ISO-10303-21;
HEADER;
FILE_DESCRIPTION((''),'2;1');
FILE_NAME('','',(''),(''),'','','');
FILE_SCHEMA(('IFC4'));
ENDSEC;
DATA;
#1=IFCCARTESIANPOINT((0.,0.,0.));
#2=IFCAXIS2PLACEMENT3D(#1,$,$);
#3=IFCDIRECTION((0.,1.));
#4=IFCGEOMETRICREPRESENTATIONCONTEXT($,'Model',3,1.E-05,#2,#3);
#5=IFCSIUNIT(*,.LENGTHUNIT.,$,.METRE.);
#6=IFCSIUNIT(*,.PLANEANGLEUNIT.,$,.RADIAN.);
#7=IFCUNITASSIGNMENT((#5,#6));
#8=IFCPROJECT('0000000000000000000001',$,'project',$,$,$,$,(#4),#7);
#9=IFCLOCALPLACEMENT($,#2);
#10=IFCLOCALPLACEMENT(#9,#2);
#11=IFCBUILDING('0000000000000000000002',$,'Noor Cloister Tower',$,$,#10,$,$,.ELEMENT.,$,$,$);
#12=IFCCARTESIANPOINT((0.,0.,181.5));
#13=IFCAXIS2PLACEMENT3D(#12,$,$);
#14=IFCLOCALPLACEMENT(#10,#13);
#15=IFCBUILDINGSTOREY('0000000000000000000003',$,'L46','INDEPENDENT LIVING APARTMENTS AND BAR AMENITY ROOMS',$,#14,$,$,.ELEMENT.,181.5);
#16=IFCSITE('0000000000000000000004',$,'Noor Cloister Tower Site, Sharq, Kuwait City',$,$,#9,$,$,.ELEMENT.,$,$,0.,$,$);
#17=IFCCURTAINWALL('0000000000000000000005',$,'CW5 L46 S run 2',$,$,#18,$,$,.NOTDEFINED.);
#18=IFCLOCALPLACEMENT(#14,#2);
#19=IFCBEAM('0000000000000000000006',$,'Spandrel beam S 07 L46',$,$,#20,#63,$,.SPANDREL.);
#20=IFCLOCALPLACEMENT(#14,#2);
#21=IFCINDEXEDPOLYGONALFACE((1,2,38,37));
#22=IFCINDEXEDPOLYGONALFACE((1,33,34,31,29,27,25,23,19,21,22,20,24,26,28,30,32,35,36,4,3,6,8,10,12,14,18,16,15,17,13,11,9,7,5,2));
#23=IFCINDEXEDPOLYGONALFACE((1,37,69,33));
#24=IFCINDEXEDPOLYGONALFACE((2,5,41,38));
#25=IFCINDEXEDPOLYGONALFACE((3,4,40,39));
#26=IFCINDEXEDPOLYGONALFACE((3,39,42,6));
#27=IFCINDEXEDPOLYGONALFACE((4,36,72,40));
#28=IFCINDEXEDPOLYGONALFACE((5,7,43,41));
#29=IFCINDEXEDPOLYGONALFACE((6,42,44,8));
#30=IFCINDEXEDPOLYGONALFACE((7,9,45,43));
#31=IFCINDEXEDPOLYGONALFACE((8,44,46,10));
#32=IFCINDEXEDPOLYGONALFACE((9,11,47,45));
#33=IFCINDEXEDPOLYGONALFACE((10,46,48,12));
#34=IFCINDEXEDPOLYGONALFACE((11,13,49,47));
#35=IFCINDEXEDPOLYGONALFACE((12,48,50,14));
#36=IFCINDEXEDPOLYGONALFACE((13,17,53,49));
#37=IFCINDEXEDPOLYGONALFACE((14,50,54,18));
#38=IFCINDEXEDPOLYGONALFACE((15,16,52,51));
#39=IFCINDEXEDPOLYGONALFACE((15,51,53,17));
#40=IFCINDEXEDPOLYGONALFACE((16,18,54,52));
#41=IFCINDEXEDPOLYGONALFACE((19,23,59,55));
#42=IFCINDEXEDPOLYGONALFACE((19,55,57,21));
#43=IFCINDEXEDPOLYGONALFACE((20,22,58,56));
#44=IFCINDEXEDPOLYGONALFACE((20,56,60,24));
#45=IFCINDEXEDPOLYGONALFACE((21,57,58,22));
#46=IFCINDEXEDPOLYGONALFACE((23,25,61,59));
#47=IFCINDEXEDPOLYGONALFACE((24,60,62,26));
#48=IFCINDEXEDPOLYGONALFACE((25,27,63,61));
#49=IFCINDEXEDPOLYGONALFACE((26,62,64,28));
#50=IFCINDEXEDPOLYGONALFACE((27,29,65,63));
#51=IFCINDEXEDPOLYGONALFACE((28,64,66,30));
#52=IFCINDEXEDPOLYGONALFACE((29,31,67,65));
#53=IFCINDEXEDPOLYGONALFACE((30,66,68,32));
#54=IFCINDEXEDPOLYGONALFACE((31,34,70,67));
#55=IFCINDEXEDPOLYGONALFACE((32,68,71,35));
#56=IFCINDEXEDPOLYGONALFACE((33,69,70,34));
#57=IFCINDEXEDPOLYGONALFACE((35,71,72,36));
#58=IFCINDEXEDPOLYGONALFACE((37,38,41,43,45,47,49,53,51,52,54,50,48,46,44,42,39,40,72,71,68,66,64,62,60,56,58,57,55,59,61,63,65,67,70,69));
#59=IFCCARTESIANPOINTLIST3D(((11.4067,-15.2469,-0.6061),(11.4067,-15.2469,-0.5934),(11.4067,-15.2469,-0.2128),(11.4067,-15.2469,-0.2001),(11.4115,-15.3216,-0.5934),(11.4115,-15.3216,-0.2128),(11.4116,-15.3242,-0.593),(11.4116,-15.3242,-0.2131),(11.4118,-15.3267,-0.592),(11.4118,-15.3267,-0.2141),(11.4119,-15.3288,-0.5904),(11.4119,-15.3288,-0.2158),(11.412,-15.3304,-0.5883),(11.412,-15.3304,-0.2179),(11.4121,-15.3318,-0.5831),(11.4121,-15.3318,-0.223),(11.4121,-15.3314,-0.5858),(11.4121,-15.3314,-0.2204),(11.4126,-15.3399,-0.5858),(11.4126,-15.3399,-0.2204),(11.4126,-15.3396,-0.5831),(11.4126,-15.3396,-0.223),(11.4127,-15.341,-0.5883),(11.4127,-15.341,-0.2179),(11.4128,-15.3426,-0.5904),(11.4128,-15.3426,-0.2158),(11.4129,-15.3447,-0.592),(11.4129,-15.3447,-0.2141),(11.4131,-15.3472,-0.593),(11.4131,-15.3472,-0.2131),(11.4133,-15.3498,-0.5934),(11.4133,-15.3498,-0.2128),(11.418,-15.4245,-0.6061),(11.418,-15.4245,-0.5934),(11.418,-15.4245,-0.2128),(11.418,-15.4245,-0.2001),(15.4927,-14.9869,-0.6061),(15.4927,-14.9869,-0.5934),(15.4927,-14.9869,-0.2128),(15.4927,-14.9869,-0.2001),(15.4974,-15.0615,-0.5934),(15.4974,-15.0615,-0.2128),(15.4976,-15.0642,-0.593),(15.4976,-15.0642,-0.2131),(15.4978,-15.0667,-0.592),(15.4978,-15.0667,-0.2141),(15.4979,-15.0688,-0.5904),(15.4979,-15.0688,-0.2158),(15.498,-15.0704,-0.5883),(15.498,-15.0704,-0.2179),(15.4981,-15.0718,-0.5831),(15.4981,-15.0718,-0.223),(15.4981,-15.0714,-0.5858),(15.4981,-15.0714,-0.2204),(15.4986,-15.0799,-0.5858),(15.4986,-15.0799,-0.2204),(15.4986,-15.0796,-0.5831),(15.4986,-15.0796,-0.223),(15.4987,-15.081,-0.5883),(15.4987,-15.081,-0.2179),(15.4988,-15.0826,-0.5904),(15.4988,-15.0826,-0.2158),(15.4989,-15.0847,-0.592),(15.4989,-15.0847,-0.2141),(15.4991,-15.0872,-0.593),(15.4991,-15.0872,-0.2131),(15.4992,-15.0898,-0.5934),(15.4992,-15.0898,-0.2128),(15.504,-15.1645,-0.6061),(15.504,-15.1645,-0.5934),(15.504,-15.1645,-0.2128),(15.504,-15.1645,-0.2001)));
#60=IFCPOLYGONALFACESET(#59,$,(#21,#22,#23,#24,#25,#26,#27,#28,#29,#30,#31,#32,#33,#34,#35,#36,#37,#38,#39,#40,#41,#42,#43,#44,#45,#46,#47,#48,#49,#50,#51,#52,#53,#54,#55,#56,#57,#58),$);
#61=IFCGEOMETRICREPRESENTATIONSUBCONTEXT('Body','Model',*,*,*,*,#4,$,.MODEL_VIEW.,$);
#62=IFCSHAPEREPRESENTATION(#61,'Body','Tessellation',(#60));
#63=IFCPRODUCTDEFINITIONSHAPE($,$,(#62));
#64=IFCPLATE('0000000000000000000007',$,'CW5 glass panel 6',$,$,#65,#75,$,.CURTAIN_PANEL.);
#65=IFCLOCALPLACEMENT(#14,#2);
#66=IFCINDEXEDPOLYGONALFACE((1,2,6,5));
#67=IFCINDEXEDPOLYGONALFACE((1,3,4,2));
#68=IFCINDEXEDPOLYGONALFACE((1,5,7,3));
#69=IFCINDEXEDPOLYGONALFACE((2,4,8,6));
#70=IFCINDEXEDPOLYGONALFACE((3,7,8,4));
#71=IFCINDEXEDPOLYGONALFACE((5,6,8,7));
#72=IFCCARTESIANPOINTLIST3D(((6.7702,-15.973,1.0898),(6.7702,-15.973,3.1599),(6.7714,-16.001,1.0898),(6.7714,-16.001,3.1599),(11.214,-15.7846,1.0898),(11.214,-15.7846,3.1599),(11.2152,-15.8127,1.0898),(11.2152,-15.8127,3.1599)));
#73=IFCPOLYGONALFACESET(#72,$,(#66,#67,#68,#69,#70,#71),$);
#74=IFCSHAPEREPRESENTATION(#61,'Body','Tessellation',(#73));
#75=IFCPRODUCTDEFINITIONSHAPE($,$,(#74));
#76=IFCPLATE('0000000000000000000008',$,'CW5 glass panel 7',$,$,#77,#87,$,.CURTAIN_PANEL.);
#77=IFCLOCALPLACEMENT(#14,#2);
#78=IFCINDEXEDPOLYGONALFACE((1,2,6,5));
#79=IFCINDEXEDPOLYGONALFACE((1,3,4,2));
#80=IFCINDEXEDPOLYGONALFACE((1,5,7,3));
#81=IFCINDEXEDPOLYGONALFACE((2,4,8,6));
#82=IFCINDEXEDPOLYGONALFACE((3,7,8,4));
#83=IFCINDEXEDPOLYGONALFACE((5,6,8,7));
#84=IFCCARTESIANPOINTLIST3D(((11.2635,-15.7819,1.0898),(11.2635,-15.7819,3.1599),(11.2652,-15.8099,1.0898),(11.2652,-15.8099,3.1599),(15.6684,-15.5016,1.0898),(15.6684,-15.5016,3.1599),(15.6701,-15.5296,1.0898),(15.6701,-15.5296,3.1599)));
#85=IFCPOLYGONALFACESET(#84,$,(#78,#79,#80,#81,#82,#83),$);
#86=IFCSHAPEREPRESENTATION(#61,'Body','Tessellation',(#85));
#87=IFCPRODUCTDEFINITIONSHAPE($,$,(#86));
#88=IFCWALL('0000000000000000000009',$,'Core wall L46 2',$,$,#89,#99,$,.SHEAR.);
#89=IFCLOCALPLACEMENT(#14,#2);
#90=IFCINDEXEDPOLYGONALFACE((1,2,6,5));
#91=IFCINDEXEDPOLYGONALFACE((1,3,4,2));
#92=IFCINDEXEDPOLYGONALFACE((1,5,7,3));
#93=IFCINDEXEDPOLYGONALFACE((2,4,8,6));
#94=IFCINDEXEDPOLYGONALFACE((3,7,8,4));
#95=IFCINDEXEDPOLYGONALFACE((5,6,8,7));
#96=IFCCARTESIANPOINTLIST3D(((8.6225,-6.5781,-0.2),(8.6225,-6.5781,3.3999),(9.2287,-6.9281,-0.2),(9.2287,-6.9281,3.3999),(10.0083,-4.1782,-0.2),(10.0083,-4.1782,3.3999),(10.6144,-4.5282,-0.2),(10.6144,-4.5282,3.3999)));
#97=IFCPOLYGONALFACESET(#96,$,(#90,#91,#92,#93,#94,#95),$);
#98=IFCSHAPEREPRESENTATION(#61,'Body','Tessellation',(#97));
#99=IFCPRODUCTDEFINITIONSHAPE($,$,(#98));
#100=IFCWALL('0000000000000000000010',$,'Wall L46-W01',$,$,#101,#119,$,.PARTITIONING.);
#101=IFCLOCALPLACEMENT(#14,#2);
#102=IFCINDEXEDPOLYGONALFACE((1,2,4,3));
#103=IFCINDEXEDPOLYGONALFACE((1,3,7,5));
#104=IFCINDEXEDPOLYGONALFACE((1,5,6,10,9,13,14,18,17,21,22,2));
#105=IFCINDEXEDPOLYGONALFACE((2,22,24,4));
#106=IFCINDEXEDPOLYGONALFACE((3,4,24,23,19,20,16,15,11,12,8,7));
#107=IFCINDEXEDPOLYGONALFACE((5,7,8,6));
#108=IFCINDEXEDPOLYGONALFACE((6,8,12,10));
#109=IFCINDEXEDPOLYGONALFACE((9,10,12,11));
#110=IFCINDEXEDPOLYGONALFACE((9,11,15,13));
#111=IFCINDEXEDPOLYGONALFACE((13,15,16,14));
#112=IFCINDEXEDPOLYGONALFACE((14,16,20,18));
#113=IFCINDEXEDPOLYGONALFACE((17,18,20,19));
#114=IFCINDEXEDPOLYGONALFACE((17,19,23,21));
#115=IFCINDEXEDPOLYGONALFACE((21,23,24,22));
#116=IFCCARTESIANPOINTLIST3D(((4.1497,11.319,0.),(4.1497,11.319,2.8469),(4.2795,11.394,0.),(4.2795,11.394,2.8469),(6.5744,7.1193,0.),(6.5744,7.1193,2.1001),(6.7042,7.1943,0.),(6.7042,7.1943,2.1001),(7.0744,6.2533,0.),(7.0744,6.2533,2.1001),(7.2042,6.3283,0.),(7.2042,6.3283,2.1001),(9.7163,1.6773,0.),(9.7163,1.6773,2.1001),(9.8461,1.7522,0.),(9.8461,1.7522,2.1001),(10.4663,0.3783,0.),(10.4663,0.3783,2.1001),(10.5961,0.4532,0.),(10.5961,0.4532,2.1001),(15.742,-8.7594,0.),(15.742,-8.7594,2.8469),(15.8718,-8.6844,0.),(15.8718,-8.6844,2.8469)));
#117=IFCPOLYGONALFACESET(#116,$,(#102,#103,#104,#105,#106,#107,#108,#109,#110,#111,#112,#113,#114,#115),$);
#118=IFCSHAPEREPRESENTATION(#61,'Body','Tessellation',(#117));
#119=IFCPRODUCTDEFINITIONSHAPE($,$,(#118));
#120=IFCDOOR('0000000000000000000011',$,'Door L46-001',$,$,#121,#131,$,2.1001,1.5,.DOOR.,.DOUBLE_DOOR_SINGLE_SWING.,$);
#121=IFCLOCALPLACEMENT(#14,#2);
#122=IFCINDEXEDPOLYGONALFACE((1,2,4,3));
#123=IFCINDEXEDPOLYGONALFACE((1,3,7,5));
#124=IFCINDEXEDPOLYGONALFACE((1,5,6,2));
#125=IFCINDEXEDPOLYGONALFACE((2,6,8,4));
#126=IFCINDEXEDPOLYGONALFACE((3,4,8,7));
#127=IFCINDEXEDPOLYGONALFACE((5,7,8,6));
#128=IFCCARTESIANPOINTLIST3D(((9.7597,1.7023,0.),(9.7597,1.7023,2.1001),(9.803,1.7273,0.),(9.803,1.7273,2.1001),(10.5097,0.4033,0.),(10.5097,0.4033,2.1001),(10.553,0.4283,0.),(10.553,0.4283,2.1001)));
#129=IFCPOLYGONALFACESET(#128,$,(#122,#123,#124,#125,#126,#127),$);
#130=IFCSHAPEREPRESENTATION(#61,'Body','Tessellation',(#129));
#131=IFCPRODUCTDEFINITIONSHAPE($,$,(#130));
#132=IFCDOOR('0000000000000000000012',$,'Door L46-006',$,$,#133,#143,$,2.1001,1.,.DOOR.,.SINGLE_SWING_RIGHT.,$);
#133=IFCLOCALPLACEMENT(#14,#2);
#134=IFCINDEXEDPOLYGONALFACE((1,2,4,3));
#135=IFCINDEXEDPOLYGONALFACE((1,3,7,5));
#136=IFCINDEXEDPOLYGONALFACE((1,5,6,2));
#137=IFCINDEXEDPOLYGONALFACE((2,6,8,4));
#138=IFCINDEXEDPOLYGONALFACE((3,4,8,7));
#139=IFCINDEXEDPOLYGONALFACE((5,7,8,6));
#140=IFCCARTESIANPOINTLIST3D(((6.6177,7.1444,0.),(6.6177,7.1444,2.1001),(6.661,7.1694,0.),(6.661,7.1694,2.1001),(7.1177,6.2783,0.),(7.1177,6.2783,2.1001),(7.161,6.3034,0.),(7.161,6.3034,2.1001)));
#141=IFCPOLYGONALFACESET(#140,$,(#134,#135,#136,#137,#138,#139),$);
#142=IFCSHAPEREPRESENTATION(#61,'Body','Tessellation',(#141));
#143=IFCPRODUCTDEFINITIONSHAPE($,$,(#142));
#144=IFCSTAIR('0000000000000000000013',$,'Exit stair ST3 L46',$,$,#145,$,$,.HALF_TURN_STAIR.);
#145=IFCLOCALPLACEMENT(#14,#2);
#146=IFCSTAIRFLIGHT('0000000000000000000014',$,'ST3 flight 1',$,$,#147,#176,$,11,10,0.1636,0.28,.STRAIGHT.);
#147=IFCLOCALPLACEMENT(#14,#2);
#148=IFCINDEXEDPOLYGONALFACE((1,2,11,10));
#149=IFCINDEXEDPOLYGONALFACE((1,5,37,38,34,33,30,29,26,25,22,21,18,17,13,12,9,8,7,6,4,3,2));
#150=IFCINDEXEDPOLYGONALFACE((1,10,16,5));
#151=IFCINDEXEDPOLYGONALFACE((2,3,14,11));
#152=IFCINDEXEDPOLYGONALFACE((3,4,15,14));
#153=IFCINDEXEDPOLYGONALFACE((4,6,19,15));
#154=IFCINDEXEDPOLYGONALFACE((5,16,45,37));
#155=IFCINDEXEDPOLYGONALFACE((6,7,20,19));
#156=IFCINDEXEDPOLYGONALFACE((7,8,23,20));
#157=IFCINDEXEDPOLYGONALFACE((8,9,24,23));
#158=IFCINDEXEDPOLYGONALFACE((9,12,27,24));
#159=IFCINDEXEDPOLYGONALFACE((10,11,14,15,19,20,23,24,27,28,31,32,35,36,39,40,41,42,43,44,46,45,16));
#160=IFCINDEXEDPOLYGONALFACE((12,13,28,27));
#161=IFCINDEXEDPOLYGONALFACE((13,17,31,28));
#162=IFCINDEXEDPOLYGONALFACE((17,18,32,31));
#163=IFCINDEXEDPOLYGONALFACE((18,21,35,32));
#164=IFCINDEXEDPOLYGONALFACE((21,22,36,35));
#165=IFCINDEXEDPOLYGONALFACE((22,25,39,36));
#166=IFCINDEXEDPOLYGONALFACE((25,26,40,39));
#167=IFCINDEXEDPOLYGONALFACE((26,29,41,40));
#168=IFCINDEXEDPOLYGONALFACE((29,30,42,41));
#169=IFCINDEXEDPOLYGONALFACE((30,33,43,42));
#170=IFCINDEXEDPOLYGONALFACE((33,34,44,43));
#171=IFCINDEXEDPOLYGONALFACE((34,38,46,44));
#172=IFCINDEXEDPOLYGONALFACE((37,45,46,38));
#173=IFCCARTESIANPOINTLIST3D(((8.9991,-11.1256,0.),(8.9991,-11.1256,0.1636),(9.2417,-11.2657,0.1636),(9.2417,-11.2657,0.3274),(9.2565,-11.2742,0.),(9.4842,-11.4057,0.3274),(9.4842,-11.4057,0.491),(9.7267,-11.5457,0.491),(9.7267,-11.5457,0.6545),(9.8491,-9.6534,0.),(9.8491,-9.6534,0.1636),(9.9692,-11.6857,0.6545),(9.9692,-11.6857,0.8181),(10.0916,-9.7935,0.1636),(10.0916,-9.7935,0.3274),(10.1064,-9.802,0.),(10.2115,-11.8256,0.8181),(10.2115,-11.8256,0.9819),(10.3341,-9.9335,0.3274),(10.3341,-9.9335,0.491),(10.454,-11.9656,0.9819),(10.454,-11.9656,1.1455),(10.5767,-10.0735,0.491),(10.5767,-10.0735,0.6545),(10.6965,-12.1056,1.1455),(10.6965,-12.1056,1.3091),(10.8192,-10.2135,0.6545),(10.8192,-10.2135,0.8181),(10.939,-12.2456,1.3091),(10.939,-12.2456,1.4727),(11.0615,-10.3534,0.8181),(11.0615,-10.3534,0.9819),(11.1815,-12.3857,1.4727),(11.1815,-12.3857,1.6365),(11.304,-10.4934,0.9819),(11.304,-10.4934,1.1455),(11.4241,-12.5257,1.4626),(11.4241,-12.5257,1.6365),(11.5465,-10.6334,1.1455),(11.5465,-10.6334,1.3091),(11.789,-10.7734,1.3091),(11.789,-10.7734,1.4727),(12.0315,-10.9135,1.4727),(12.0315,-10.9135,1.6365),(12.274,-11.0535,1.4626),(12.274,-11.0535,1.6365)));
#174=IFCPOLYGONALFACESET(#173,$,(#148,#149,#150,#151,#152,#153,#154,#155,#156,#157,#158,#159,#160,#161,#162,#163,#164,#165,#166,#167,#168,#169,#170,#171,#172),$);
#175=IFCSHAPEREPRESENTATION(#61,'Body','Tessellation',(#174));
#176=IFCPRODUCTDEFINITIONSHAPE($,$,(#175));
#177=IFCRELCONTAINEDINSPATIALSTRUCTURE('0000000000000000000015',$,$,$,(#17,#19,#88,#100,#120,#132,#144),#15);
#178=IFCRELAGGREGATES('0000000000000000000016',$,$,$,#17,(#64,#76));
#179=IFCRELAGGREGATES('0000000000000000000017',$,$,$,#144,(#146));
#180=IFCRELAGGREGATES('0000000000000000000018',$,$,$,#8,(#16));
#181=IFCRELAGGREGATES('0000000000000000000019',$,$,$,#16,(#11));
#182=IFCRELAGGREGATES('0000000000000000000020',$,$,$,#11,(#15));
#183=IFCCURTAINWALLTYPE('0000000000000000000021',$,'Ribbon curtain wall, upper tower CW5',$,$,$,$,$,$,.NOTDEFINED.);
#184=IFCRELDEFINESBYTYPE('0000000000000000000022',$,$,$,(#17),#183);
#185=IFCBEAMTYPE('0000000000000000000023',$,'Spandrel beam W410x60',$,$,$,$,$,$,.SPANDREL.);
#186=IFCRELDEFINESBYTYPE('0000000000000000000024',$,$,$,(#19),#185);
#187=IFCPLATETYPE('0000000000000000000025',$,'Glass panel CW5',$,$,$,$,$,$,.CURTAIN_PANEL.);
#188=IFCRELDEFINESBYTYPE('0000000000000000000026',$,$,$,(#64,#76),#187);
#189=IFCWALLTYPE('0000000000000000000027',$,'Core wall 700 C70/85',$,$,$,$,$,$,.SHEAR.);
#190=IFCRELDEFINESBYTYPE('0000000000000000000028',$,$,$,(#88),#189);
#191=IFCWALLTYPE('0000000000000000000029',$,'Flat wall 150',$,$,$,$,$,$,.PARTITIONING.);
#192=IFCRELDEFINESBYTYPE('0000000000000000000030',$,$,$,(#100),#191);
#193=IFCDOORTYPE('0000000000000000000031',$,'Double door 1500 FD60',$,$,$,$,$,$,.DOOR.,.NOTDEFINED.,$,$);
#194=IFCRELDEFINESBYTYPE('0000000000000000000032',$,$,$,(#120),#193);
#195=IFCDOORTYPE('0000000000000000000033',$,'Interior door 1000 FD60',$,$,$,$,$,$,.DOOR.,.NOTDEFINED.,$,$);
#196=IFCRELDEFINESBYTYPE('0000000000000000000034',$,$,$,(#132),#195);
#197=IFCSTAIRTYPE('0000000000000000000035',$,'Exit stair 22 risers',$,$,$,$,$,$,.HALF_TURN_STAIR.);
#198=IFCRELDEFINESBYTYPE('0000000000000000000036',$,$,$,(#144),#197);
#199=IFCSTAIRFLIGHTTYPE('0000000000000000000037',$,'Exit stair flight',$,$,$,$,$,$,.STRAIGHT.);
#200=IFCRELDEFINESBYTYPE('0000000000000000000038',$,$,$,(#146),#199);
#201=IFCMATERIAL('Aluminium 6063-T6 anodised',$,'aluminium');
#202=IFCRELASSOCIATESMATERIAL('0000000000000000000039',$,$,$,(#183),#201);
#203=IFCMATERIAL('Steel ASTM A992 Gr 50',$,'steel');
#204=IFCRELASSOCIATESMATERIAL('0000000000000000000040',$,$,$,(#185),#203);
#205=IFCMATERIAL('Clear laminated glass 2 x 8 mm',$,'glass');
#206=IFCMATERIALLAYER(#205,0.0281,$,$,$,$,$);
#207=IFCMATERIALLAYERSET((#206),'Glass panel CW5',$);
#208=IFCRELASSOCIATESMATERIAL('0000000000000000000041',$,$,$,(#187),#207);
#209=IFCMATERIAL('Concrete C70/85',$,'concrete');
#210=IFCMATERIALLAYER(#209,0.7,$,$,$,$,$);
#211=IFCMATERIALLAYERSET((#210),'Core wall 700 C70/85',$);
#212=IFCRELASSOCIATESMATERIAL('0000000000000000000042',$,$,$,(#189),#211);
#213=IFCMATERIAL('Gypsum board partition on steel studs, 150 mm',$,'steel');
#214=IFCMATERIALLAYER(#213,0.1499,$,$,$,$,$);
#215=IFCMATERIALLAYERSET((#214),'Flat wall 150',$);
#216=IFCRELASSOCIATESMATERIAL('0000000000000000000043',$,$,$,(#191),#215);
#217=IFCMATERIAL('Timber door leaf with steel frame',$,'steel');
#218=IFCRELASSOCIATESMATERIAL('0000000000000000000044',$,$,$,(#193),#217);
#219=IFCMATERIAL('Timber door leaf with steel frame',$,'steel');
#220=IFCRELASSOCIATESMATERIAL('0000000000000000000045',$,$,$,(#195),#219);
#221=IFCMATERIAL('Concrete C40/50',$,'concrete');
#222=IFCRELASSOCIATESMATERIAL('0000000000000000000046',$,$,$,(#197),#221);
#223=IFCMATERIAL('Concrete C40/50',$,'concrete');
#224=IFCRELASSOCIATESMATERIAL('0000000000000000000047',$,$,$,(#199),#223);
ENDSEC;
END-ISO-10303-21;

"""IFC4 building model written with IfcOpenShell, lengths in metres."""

from ifc_helpers import new_model, si_unit, direction, frame, frame_2d, origin, origin_2d, place, context, subcontext, project, spatial, polyline, rectangle, i_section, outline, extrude, material, layer, layer_set, material_profile, profile_set, type_object, element, fill, aggregate, save


model = new_model("IFC4")

# Units and contexts
model_context = context("Model", 3, precision=1e-05, world=origin(), true_north=direction((0.0, 1.0)))
body_context = subcontext(model_context, "Body", "Model", "MODEL_VIEW")
ifc_project = project(units=[si_unit("LENGTHUNIT", "METRE"), si_unit("PLANEANGLEUNIT", "RADIAN")], contexts=[model_context])

# Site, building, storey
site_placement = place(None, origin())
site = spatial("IfcSite", under=ifc_project, at=site_placement, Name="Noor Cloister Tower Site, Sharq, Kuwait City", CompositionType="ELEMENT", RefElevation=0.0)
building_placement = place(site_placement, origin())
building = spatial("IfcBuilding", under=site, at=building_placement, Name="Noor Cloister Tower", CompositionType="ELEMENT")
storey_placement = place(building_placement, frame((0.0, 0.0, 181.5)))
storey = spatial("IfcBuildingStorey", under=building, at=storey_placement, Name="L46", Description="INDEPENDENT LIVING APARTMENTS AND BAR AMENITY ROOMS", CompositionType="ELEMENT", Elevation=181.5)

# Curtain wall
ifc_material_1 = material(Name="Aluminium 6063-T6 anodised", Category="aluminium")
curtain_wall_type = type_object("IfcCurtainWallType", Name="Ribbon curtain wall, upper tower CW5", PredefinedType="NOTDEFINED", material=ifc_material_1)
curtain_wall_placement = place(storey_placement, origin())
curtain_wall = element("IfcCurtainWall", 1, at=curtain_wall_placement, inside=storey, type_object=curtain_wall_type, Name="CW5 L46 S run 2", PredefinedType="NOTDEFINED")

# Beam
ifc_material_2 = material(Name="Steel ASTM A992 Gr 50", Category="steel")
ifc_material_profile_1 = material_profile(ifc_material_2, i_section(OverallWidth=0.178, OverallDepth=0.406, WebThickness=0.0078, FlangeThickness=0.0127, FilletRadius=0.0103, at=origin_2d()), Name="W410x60")
ifc_profile_set_1 = profile_set([ifc_material_profile_1], Name="Steel ASTM A992 Gr 50")
beam_type_1 = type_object("IfcBeamType", Name="Spandrel beam W410x60", PredefinedType="SPANDREL", material=ifc_profile_set_1)
beam_1_placement = place(storey_placement, frame((11.4124, -15.3357, -0.4031), z_axis=(0.997981, 0.063507, 0.0), x_axis=(-0.063507, 0.997981, 0.0)))
element("IfcBeam", 2, at=beam_1_placement, inside=storey, type_object=beam_type_1, Name="Spandrel beam S 07 L46", PredefinedType="SPANDREL", context=body_context, shape_type="SweptSolid", body=[
    extrude(i_section(OverallWidth=0.178, OverallDepth=0.406, WebThickness=0.0078, FlangeThickness=0.0127, FilletRadius=0.0103, at=origin_2d()), origin(), (0.0, 0.0, 1.0), 4.0942),
])

# Plates
ifc_material_3 = material(Name="Clear laminated glass 2 x 8 mm", Category="glass")
ifc_layer_1 = layer(ifc_material_3, 0.0281)
ifc_layer_set_1 = layer_set([ifc_layer_1], Name="Glass panel CW5")
plate_type = type_object("IfcPlateType", Name="Glass panel CW5", PredefinedType="CURTAIN_PANEL", material=ifc_layer_set_1)
plate_1_placement = place(storey_placement, frame((8.9927, -15.8928, 1.0898), z_axis=(0.0, 0.0, 1.0), x_axis=(0.999103, 0.042351, 0.0)))
plate_1 = element("IfcPlate", 3, at=plate_1_placement, type_object=plate_type, Name="CW5 glass panel 6", PredefinedType="CURTAIN_PANEL", context=body_context, shape_type="SweptSolid", body=[
    extrude(rectangle(XDim=4.4478, YDim=0.0281, at=origin_2d()), origin(), (0.0, 0.0, 1.0), 2.0701),
])
plate_2_placement = place(storey_placement, frame((13.4668, -15.6558, 1.0898), z_axis=(0.0, 0.0, 1.0), x_axis=(0.997982, 0.063502, 0.0)))
plate_2 = element("IfcPlate", 4, at=plate_2_placement, type_object=plate_type, Name="CW5 glass panel 7", PredefinedType="CURTAIN_PANEL", context=body_context, shape_type="SweptSolid", body=[
    extrude(rectangle(XDim=4.4138, YDim=0.0281, at=origin_2d()), origin(), (0.0, 0.0, 1.0), 2.0701),
])
aggregate(curtain_wall, [plate_1, plate_2])

# Wall
ifc_material_4 = material(Name="Concrete C70/85", Category="concrete")
ifc_layer_2 = layer(ifc_material_4, 0.7)
ifc_layer_set_2 = layer_set([ifc_layer_2], Name="Core wall 700 C70/85")
wall_type_1 = type_object("IfcWallType", Name="Core wall 700 C70/85", PredefinedType="SHEAR", material=ifc_layer_set_2)
wall_1_placement = place(storey_placement, frame((8.9255, -6.7532, -0.2), z_axis=(0.0, 0.0, 1.0), x_axis=(0.500043, 0.866001, 0.0)))
element("IfcWall", 5, at=wall_1_placement, inside=storey, type_object=wall_type_1, Name="Core wall L46 2", PredefinedType="SHEAR", context=body_context, shape_type="SweptSolid", body=[
    extrude(rectangle(XDim=2.7712, YDim=0.7, at=frame_2d((1.3857, 0.0))), origin(), (0.0, 0.0, 1.0), 3.5999),
])

# Wall, openings, doors
ifc_material_5 = material(Name="Gypsum board partition on steel studs, 150 mm", Category="steel")
ifc_layer_3 = layer(ifc_material_5, 0.1499)
ifc_layer_set_3 = layer_set([ifc_layer_3], Name="Flat wall 150")
wall_type_2 = type_object("IfcWallType", Name="Flat wall 150", PredefinedType="PARTITIONING", material=ifc_layer_set_3)
wall_2_placement = place(storey_placement, frame((15.8069, -8.7219, 0.0), z_axis=(0.0, 0.0, 1.0), x_axis=(-0.500001, 0.866025, 0.0)))
wall_2 = element("IfcWall", 6, at=wall_2_placement, inside=storey, type_object=wall_type_2, Name="Wall L46-W01", PredefinedType="PARTITIONING", context=body_context, shape_type="SweptSolid", body=[
    extrude(rectangle(XDim=23.1846, YDim=0.1499, at=frame_2d((11.5923, 0.0))), origin(), (0.0, 0.0, 1.0), 2.8469),
])
opening_1_placement = place(wall_2_placement, frame((10.5513, 0.0, 0.0)))
opening_1 = element("IfcOpeningElement", 7, at=opening_1_placement, cuts=wall_2, PredefinedType="OPENING", context=body_context, shape_type="SweptSolid", body=[
    extrude(rectangle(XDim=1.5, YDim=2.1001, at=frame_2d((0.75, 1.05))), frame((0.0, 0.085, 0.0), z_axis=(0.0, -1.0, 0.0), x_axis=(1.0, 0.0, 0.0)), (0.0, 0.0, 1.0), 0.1699),
])
opening_2_placement = place(wall_2_placement, frame((17.3352, 0.0, 0.0)))
opening_2 = element("IfcOpeningElement", 8, at=opening_2_placement, cuts=wall_2, PredefinedType="OPENING", context=body_context, shape_type="SweptSolid", body=[
    extrude(rectangle(XDim=1.0, YDim=2.1001, at=frame_2d((0.5, 1.05))), frame((0.0, 0.085, 0.0), z_axis=(0.0, -1.0, 0.0), x_axis=(1.0, 0.0, 0.0)), (0.0, 0.0, 1.0), 0.1699),
])
ifc_material_6 = material(Name="Timber door leaf with steel frame", Category="steel")
door_type_1 = type_object("IfcDoorType", Name="Double door 1500 FD60", OperationType="NOTDEFINED", PredefinedType="DOOR", material=ifc_material_6)
door_1_placement = place(opening_1_placement, origin())
door_1 = element("IfcDoor", 9, at=door_1_placement, inside=storey, type_object=door_type_1, Name="Door L46-001", OperationType="DOUBLE_DOOR_SINGLE_SWING", OverallHeight=2.1001, OverallWidth=1.5, PredefinedType="DOOR", context=body_context, shape_type="SweptSolid", body=[
    extrude(rectangle(XDim=1.5, YDim=2.1001, at=frame_2d((0.75, 1.05))), frame((0.0, 0.0249, 0.0), z_axis=(0.0, -1.0, 0.0), x_axis=(1.0, 0.0, 0.0)), (0.0, 0.0, 1.0), 0.05),
])
fill(opening_1, door_1)
ifc_material_7 = material(Name="Timber door leaf with steel frame", Category="steel")
door_type_2 = type_object("IfcDoorType", Name="Interior door 1000 FD60", OperationType="NOTDEFINED", PredefinedType="DOOR", material=ifc_material_7)
door_2_placement = place(opening_2_placement, origin())
door_2 = element("IfcDoor", 10, at=door_2_placement, inside=storey, type_object=door_type_2, Name="Door L46-006", OperationType="SINGLE_SWING_RIGHT", OverallHeight=2.1001, OverallWidth=1.0, PredefinedType="DOOR", context=body_context, shape_type="SweptSolid", body=[
    extrude(rectangle(XDim=1.0, YDim=2.1001, at=frame_2d((0.5, 1.05))), frame((0.0, 0.0249, 0.0), z_axis=(0.0, -1.0, 0.0), x_axis=(1.0, 0.0, 0.0)), (0.0, 0.0, 1.0), 0.05),
])
fill(opening_2, door_2)

# Stair, stair flight
ifc_material_8 = material(Name="Concrete C40/50", Category="concrete")
stair_type = type_object("IfcStairType", Name="Exit stair 22 risers", PredefinedType="HALF_TURN_STAIR", material=ifc_material_8)
stair_placement = place(storey_placement, origin())
stair = element("IfcStair", 11, at=stair_placement, inside=storey, type_object=stair_type, Name="Exit stair ST3 L46", PredefinedType="HALF_TURN_STAIR")
ifc_material_9 = material(Name="Concrete C40/50", Category="concrete")
stair_flight_type = type_object("IfcStairFlightType", Name="Exit stair flight", PredefinedType="STRAIGHT", material=ifc_material_9)
stair_flight_1_placement = place(storey_placement, frame((9.4241, -10.3896, 0.0), z_axis=(0.0, 0.0, 1.0), x_axis=(0.866025, -0.5, 0.0)))
stair_flight_1 = element("IfcStairFlight", 12, at=stair_flight_1_placement, type_object=stair_flight_type, Name="ST3 flight 1", NumberOfRisers=11, NumberOfTreads=10, PredefinedType="STRAIGHT", RiserHeight=0.1636, TreadLength=0.28, context=body_context, shape_type="SweptSolid", body=[
    extrude(outline(polyline([(0.0, 0.0), (0.0, 0.1636), (0.28, 0.1636), (0.28, 0.3274), (0.5601, 0.3274), (0.5601, 0.491), (0.8401, 0.491), (0.8401, 0.6545), (1.1201, 0.6545), (1.1201, 0.8181), (1.3999, 0.8181), (1.3999, 0.9819), (1.6799, 0.9819), (1.6799, 1.1455), (1.96, 1.1455), (1.96, 1.3091), (2.24, 1.3091), (2.24, 1.4727), (2.52, 1.4727), (2.52, 1.6365), (2.8, 1.6365), (2.8, 1.8), (2.8, 1.4626), (0.2971, 0.0), (0.0, 0.0)])), frame((0.0, 0.8501, 0.0), z_axis=(0.0, -1.0, 0.0), x_axis=(1.0, 0.0, 0.0)), (0.0, 0.0, 1.0), 1.7),
])
aggregate(stair, [stair_flight_1])

save(model, "model.ifc")
